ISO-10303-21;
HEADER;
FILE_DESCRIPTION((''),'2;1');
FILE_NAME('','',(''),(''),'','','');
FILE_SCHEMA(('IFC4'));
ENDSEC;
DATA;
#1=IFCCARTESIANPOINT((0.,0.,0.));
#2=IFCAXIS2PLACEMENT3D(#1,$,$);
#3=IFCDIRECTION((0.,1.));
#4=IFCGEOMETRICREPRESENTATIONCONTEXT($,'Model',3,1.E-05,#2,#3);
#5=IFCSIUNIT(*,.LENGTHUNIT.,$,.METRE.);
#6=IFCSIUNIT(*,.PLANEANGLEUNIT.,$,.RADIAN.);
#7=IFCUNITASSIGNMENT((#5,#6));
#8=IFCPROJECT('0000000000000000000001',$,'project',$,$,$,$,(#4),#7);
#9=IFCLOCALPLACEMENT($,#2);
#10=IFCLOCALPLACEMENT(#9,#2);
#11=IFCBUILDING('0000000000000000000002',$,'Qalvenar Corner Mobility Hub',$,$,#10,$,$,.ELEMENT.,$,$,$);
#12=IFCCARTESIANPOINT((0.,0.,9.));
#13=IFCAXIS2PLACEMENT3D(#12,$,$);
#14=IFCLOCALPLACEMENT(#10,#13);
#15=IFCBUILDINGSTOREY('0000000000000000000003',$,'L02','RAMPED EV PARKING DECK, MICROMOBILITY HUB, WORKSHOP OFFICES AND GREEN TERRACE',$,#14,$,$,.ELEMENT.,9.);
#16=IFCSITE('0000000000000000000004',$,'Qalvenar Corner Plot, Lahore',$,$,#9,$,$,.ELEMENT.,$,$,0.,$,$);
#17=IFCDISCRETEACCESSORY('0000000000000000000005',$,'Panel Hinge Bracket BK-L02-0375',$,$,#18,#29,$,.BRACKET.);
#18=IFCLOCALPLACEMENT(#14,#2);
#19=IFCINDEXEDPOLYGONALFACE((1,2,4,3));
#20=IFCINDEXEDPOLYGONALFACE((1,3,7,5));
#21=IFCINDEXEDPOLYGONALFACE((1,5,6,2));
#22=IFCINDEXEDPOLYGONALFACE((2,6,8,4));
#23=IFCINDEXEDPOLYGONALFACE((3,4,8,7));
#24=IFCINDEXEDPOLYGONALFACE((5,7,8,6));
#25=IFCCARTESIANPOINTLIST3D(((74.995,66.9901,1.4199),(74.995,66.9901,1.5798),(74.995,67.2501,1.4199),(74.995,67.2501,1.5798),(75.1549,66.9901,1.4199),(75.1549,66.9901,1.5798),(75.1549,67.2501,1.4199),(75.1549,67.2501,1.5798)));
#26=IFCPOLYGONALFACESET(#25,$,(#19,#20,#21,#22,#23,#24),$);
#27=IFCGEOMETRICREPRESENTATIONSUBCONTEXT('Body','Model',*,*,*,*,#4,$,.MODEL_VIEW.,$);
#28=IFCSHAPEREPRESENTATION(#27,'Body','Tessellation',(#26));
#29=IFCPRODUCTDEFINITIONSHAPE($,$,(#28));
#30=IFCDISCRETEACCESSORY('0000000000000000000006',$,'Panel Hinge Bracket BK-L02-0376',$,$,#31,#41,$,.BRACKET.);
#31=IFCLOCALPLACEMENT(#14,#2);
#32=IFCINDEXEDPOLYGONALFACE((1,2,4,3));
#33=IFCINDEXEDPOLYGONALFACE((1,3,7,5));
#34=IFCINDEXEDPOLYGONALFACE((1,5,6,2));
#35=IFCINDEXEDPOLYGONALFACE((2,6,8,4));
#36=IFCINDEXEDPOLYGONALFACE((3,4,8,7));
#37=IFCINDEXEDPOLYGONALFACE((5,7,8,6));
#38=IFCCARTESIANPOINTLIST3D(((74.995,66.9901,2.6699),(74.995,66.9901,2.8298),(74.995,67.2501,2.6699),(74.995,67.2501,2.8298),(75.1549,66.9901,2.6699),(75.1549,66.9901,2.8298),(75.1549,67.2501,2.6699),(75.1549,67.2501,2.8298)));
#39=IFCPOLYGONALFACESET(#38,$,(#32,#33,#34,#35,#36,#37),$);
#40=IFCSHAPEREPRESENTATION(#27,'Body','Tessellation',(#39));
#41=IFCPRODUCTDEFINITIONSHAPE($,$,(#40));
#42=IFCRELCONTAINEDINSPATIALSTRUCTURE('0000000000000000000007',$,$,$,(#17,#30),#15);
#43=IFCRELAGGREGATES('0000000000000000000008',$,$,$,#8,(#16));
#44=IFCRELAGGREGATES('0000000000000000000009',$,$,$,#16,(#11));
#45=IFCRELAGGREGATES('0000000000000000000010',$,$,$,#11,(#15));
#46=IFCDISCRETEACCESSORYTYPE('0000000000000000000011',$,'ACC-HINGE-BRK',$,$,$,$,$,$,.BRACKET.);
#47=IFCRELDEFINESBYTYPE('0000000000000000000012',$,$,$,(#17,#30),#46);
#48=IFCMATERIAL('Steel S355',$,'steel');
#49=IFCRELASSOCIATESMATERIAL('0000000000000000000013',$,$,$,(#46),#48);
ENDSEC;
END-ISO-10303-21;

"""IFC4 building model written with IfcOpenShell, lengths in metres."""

from ifc_helpers import new_model, si_unit, direction, frame, origin, origin_2d, place, context, subcontext, project, spatial, rectangle, extrude, material, type_object, element, save


model = new_model("IFC4")

# Units and contexts
model_context = context("Model", 3, precision=1e-05, world=origin(), true_north=direction((0.0, 1.0)))
body_context = subcontext(model_context, "Body", "Model", "MODEL_VIEW")
ifc_project = project(units=[si_unit("LENGTHUNIT", "METRE"), si_unit("PLANEANGLEUNIT", "RADIAN")], contexts=[model_context])

# Site, building, storey
site_placement = place(None, origin())
site = spatial("IfcSite", under=ifc_project, at=site_placement, Name="Qalvenar Corner Plot, Lahore", CompositionType="ELEMENT", RefElevation=0.0)
building_placement = place(site_placement, origin())
building = spatial("IfcBuilding", under=site, at=building_placement, Name="Qalvenar Corner Mobility Hub", CompositionType="ELEMENT")
storey_placement = place(building_placement, frame((0.0, 0.0, 9.0)))
storey = spatial("IfcBuildingStorey", under=building, at=storey_placement, Name="L02", Description="RAMPED EV PARKING DECK, MICROMOBILITY HUB, WORKSHOP OFFICES AND GREEN TERRACE", CompositionType="ELEMENT", Elevation=9.0)

# Shared definitions
ifc_material_1 = material(Name="Steel S355", Category="steel")

# Discrete accessories
discrete_accessory_type = type_object("IfcDiscreteAccessoryType", Name="ACC-HINGE-BRK", PredefinedType="BRACKET", material=ifc_material_1)
for number, where, z_axis, x_axis, name in (
    (1, (75.075, 67.1201, 1.4199), (0.0, 0.0, 1.0), (1.0, 0.0, 0.0), "Panel Hinge Bracket BK-L02-0375"),
    (2, (75.075, 67.1201, 2.6699), (0.0, 0.0, 1.0), (1.0, 0.0, 0.0), "Panel Hinge Bracket BK-L02-0376"),
):
    element("IfcDiscreteAccessory", number, at=place(storey_placement, frame(where, z_axis=z_axis, x_axis=x_axis)), inside=storey, type_object=discrete_accessory_type, Name=name, PredefinedType="BRACKET", context=body_context, shape_type="SweptSolid", body=[
        extrude(rectangle(XDim=0.1599, YDim=0.26, at=origin_2d()), origin(), (0.0, 0.0, 1.0), 0.1599),
    ])

save(model, "model.ifc")
